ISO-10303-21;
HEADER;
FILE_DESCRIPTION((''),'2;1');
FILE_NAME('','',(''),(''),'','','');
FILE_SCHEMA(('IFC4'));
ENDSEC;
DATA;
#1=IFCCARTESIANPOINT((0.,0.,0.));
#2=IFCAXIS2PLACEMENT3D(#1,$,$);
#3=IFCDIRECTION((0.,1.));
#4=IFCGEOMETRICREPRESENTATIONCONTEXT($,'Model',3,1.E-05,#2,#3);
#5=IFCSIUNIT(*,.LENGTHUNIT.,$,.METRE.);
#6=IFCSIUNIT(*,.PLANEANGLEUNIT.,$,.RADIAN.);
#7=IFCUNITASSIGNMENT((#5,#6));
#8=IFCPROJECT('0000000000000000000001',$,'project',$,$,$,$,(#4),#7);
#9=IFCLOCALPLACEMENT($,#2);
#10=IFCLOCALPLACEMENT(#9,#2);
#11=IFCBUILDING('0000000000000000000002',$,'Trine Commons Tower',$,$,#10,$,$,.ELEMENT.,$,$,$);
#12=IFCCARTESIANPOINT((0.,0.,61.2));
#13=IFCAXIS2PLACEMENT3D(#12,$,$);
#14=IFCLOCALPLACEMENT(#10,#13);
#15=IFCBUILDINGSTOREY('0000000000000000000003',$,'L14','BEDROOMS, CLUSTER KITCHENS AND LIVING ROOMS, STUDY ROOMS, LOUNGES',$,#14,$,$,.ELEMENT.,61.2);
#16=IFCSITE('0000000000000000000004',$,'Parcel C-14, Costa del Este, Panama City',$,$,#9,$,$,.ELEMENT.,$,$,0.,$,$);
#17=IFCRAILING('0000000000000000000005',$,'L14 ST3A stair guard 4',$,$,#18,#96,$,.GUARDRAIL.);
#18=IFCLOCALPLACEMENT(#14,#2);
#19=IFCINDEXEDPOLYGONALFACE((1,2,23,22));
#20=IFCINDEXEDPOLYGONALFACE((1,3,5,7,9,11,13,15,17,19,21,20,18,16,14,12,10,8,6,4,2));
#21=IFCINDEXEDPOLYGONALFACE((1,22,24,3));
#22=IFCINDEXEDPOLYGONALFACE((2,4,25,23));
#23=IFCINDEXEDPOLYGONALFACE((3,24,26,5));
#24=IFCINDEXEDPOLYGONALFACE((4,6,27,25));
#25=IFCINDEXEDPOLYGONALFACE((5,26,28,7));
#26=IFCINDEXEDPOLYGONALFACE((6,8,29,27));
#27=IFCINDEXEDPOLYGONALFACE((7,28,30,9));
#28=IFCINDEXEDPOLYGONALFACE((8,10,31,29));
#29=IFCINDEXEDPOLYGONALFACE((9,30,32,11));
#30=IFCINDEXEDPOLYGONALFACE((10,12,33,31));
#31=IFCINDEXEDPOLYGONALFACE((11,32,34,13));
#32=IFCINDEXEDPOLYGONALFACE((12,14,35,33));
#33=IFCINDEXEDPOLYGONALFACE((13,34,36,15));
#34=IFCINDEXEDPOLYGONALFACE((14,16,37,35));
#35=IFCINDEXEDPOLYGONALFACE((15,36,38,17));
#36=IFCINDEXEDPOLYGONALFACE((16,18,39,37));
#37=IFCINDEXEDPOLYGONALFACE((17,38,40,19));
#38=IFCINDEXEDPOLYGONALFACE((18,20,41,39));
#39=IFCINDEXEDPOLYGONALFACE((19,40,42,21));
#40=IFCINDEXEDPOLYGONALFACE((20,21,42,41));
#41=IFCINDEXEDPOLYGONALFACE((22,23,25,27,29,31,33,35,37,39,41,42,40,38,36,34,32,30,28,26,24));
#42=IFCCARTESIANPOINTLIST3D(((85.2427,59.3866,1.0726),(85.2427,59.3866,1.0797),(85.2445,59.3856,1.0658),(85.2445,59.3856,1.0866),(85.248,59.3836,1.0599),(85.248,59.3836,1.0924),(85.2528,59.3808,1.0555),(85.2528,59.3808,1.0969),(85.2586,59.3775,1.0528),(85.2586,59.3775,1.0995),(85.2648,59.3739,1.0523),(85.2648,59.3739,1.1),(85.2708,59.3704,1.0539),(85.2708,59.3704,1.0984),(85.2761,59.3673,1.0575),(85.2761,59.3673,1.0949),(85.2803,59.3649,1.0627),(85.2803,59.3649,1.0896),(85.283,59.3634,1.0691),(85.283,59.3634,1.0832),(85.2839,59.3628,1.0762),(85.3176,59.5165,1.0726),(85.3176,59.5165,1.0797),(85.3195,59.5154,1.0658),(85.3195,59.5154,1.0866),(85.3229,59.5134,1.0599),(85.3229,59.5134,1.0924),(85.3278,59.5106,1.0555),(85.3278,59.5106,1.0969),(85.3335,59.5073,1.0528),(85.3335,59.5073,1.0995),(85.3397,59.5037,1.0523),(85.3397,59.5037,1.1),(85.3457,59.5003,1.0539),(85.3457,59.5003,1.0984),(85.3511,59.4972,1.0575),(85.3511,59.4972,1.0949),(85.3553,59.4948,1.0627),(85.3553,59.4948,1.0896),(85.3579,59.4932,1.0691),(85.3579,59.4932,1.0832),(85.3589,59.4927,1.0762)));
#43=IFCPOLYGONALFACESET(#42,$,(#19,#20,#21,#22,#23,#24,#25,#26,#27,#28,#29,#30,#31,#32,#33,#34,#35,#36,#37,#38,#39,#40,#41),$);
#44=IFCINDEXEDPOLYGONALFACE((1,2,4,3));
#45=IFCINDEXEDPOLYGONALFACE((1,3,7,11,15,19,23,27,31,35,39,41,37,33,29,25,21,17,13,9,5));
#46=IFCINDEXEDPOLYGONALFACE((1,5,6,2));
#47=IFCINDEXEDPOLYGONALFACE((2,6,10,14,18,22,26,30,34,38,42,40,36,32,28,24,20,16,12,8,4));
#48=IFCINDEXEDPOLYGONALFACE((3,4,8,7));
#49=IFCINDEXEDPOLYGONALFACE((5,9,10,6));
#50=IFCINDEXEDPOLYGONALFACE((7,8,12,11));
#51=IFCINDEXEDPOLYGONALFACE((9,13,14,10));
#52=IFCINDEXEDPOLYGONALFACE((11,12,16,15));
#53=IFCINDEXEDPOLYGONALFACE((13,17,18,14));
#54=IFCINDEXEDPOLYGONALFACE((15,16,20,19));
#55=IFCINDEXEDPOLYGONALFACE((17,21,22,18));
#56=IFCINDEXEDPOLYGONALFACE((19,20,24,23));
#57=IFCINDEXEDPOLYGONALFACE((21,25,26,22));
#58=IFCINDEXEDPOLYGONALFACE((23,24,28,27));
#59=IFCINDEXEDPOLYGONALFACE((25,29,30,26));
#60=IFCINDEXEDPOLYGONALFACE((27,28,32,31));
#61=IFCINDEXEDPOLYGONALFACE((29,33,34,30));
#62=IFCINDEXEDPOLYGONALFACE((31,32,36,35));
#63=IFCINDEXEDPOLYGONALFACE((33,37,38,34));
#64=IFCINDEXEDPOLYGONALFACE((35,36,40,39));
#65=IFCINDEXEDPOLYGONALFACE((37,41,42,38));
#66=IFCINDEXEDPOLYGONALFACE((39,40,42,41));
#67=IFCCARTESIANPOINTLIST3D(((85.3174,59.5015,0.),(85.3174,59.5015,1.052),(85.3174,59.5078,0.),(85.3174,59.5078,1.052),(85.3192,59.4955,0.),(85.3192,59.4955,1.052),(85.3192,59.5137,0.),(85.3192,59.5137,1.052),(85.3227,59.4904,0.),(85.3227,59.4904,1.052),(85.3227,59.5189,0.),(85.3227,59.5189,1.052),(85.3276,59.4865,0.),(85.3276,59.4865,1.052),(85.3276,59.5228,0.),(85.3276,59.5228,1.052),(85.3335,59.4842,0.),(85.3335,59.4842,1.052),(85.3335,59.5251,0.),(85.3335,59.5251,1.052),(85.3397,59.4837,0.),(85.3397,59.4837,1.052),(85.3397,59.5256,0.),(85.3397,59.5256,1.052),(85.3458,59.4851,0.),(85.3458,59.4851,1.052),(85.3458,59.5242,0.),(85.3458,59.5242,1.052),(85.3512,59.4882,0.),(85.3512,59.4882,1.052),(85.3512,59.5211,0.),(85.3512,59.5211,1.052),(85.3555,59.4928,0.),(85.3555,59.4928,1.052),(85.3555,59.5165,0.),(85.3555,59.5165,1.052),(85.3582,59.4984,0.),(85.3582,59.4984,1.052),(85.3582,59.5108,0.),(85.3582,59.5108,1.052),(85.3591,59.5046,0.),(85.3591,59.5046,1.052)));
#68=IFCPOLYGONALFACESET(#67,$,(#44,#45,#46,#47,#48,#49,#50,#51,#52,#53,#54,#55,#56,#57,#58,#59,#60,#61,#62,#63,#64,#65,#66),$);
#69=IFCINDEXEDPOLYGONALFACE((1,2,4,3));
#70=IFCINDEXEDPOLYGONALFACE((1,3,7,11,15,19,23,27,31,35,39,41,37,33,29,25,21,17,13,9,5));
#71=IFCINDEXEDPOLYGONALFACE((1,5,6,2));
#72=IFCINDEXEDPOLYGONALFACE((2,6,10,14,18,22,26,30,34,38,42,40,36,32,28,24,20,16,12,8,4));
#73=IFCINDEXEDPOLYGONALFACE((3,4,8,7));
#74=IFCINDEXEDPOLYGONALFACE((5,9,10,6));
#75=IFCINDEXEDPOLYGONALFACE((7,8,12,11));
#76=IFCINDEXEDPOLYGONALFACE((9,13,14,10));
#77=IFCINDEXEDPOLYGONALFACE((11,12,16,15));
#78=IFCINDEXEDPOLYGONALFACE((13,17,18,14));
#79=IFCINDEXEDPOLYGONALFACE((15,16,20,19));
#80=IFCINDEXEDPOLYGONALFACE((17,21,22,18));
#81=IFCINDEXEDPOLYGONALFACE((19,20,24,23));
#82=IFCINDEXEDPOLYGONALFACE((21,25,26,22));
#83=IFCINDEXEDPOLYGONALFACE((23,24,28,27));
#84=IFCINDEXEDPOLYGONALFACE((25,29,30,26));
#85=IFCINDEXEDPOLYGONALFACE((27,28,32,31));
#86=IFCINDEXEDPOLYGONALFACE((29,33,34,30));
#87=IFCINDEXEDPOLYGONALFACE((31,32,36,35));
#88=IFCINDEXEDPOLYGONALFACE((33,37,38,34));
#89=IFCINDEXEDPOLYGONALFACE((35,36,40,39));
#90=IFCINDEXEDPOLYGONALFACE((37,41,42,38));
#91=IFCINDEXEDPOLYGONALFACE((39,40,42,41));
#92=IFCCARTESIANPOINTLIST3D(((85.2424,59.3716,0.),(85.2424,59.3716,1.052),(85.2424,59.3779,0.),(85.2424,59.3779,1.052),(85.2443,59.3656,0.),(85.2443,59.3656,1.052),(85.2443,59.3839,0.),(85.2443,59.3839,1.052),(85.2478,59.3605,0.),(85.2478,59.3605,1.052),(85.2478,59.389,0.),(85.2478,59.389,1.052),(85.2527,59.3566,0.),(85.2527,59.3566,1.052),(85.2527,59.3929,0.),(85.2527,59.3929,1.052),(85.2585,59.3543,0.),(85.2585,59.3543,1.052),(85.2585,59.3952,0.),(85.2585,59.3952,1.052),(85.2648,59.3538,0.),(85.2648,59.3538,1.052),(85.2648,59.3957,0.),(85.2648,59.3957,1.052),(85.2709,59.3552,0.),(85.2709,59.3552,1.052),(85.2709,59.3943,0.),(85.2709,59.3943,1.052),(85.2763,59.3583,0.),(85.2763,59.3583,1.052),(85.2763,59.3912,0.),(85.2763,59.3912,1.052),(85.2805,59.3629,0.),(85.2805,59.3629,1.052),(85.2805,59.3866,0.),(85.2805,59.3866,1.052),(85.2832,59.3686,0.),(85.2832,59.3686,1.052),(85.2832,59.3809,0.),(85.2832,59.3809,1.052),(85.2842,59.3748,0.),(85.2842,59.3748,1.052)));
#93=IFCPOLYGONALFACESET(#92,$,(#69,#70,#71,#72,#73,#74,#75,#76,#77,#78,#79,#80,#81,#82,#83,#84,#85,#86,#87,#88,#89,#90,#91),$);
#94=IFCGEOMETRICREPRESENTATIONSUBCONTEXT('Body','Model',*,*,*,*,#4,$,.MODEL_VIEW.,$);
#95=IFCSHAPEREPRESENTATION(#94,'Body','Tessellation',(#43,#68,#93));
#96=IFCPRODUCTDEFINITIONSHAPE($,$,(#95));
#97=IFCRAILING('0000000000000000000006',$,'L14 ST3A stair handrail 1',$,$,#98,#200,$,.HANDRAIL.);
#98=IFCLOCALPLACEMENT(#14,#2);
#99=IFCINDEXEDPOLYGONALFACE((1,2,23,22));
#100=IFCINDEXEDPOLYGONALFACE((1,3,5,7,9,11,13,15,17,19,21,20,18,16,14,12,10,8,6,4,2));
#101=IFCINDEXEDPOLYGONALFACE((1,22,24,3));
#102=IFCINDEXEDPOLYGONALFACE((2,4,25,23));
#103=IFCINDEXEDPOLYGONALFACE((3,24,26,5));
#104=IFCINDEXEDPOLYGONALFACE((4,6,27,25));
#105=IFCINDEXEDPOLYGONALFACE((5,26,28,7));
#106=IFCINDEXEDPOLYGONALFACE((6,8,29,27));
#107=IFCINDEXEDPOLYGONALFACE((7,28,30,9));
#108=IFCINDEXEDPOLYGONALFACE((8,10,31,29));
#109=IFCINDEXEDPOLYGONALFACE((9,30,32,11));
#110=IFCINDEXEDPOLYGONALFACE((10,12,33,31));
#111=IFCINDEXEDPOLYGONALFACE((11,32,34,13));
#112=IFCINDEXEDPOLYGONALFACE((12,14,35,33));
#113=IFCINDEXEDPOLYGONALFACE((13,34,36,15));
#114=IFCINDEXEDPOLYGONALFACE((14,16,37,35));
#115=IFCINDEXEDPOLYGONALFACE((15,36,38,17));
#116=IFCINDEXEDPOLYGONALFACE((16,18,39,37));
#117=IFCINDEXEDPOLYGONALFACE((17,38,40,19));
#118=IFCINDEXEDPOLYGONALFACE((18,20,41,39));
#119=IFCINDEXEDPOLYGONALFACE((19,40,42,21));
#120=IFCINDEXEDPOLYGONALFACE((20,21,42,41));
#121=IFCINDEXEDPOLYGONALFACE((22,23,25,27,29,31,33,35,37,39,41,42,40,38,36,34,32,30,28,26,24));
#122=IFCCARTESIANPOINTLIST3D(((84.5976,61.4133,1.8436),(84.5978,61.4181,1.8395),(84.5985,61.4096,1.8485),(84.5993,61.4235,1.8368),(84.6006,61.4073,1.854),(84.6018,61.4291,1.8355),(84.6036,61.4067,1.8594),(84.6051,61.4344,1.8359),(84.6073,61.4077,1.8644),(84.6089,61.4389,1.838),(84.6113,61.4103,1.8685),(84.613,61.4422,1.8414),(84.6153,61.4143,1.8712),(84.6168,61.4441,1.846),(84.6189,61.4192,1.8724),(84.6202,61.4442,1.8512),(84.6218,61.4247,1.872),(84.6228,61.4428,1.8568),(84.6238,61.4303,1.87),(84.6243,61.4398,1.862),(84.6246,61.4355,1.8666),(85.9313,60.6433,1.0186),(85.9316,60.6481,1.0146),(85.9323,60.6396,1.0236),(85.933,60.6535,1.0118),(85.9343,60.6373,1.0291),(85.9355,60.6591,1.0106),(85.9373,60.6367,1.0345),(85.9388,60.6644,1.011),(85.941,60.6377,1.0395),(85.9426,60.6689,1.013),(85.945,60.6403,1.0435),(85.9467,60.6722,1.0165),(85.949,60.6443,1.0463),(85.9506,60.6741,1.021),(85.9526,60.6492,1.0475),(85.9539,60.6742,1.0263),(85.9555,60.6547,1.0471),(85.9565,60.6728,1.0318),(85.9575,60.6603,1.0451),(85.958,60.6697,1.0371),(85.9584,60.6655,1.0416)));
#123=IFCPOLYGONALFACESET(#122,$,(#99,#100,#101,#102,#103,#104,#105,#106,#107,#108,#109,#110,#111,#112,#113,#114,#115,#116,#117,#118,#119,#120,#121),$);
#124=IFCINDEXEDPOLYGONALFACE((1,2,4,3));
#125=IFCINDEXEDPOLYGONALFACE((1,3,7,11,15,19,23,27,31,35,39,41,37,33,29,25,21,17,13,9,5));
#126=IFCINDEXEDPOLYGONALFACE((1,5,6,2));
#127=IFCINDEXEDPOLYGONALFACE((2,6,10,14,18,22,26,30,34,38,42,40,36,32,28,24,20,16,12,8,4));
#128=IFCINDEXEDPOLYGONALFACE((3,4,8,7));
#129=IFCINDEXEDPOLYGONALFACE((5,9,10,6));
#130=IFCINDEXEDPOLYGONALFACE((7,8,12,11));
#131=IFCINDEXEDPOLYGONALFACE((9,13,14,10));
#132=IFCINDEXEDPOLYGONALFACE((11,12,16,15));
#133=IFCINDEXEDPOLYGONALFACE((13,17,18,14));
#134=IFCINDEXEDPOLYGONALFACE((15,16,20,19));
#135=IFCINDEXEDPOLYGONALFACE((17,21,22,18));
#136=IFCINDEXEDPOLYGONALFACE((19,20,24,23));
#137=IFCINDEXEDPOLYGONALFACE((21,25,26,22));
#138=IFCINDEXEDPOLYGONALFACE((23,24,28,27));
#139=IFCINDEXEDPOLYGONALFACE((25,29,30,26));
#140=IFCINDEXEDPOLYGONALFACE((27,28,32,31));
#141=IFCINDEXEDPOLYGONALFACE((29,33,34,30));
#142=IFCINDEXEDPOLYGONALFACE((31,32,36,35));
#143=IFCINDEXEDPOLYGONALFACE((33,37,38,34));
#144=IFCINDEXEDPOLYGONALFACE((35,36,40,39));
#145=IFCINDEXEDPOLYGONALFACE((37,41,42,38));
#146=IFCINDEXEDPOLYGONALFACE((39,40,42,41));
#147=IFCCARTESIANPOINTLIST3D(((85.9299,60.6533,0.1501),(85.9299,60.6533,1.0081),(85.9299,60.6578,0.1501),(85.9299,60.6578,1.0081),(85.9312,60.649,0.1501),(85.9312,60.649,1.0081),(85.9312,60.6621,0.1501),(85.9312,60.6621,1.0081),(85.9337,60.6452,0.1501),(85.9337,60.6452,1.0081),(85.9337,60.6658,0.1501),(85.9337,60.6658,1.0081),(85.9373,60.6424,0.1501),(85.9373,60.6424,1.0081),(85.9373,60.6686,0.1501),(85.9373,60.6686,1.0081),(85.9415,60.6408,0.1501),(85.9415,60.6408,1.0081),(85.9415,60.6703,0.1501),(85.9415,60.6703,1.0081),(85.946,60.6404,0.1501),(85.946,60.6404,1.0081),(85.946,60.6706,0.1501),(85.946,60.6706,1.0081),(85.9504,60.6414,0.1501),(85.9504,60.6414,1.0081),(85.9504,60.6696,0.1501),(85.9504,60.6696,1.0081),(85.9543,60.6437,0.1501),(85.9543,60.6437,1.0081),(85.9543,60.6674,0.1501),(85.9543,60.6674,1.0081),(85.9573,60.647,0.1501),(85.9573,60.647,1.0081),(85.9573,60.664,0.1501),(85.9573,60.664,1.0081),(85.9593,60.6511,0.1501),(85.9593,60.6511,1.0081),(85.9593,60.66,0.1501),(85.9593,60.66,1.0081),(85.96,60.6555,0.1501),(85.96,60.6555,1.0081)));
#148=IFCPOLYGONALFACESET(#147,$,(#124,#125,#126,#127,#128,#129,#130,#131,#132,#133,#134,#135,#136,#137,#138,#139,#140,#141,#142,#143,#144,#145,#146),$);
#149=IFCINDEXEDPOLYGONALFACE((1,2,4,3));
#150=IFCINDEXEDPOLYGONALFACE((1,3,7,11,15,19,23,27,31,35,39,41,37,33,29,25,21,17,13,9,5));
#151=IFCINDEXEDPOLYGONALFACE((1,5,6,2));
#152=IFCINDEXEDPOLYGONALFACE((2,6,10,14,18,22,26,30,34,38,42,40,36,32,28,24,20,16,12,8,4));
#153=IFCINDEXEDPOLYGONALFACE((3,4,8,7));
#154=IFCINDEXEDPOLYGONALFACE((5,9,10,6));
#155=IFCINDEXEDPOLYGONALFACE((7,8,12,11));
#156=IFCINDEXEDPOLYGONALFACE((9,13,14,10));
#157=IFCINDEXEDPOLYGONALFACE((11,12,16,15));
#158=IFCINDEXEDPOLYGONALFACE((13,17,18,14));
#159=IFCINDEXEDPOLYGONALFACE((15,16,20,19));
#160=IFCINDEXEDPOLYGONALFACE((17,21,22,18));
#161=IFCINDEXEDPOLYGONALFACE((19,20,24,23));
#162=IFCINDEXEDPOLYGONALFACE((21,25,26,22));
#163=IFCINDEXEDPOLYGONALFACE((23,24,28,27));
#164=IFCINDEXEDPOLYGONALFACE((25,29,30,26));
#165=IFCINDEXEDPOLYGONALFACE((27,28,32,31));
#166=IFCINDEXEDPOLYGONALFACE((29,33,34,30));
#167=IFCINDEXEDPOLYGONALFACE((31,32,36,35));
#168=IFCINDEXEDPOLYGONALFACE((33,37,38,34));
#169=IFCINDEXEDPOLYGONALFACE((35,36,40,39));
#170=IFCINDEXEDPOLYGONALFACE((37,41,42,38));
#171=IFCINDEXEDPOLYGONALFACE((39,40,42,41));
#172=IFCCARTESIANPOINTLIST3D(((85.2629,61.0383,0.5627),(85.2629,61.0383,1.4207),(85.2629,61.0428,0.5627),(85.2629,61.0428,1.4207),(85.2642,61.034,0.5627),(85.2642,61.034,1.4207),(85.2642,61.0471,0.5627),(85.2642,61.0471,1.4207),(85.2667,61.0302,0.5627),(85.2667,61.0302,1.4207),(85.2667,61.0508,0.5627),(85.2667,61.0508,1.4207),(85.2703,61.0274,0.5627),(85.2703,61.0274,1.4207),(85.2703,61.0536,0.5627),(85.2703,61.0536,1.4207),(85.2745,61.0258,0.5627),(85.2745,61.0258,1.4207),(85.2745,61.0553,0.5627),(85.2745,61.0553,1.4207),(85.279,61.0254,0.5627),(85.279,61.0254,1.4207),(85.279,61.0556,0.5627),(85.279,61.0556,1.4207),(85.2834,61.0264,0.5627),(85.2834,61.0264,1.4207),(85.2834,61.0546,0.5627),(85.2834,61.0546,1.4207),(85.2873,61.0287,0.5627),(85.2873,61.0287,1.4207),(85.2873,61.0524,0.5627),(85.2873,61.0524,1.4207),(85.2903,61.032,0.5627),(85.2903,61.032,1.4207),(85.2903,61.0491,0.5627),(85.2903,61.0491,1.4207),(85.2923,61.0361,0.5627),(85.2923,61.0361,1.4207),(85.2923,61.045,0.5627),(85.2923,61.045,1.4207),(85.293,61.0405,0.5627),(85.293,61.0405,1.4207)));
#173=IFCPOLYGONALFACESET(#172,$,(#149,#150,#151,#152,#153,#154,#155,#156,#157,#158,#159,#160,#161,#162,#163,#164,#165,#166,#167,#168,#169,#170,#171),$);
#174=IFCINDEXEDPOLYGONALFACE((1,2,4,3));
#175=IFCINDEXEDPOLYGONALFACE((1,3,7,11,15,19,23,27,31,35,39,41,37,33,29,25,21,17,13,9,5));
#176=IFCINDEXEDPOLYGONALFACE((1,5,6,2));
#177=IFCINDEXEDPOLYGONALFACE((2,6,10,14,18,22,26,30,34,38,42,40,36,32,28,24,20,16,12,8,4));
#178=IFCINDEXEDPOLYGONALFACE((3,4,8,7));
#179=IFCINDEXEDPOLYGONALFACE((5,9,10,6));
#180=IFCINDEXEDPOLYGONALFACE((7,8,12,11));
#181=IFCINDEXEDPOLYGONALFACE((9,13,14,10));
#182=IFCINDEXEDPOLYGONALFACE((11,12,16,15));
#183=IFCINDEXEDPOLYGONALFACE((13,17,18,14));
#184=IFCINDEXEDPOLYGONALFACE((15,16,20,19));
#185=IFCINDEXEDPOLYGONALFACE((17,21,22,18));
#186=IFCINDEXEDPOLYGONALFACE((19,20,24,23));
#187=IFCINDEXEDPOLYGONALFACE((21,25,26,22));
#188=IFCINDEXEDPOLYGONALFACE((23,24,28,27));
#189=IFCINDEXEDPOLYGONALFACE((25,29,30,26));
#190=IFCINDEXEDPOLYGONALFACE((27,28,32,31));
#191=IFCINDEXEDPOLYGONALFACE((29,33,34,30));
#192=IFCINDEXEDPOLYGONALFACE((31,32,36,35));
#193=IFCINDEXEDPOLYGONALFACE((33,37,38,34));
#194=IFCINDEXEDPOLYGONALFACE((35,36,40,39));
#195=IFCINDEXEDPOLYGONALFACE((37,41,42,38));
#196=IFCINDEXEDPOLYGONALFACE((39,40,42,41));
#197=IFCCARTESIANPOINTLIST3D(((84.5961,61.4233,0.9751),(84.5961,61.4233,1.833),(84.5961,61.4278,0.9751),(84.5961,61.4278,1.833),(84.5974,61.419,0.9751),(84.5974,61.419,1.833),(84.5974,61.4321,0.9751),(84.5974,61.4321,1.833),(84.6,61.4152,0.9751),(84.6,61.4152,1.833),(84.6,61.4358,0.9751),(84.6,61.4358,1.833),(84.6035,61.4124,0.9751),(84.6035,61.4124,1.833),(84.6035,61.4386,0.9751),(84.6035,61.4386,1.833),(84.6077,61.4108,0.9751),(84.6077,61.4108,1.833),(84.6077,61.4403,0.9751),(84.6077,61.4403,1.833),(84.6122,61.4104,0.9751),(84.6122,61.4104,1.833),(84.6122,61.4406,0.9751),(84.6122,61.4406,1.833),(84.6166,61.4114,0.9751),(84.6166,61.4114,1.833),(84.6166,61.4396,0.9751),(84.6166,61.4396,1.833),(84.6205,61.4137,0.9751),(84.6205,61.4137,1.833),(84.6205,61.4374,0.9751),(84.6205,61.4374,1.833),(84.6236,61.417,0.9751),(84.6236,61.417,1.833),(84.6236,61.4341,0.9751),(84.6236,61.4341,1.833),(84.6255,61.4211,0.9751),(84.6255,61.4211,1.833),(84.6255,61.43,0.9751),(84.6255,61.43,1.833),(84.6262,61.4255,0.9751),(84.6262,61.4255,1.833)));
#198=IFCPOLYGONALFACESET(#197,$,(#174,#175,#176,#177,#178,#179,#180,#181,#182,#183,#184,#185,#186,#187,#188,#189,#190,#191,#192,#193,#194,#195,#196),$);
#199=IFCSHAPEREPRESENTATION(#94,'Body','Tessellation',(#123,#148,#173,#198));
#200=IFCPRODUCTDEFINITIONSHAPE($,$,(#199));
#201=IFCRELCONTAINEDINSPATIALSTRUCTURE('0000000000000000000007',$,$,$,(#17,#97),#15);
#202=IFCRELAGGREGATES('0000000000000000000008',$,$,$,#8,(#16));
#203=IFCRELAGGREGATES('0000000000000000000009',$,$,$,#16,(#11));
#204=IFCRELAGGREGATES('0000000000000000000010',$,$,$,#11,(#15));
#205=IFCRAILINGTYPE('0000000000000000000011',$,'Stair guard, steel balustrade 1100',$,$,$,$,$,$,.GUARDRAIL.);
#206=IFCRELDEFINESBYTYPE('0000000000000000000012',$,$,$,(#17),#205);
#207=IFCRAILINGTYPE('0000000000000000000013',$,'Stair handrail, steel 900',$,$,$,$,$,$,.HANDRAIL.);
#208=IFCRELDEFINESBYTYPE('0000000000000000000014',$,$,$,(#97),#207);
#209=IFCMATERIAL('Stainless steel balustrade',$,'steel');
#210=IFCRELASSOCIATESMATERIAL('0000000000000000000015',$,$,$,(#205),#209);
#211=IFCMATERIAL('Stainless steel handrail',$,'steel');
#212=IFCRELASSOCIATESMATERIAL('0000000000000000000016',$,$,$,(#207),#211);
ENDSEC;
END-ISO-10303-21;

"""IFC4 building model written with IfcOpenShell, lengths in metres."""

from ifc_helpers import new_model, si_unit, direction, frame, origin, origin_2d, place, context, subcontext, project, spatial, circle, extrude, material, type_object, element, save


model = new_model("IFC4")

# Units and contexts
model_context = context("Model", 3, precision=1e-05, world=origin(), true_north=direction((0.0, 1.0)))
body_context = subcontext(model_context, "Body", "Model", "MODEL_VIEW")
ifc_project = project(units=[si_unit("LENGTHUNIT", "METRE"), si_unit("PLANEANGLEUNIT", "RADIAN")], contexts=[model_context])

# Site, building, storey
site_placement = place(None, origin())
site = spatial("IfcSite", under=ifc_project, at=site_placement, Name="Parcel C-14, Costa del Este, Panama City", CompositionType="ELEMENT", RefElevation=0.0)
building_placement = place(site_placement, origin())
building = spatial("IfcBuilding", under=site, at=building_placement, Name="Trine Commons Tower", CompositionType="ELEMENT")
storey_placement = place(building_placement, frame((0.0, 0.0, 61.2)))
storey = spatial("IfcBuildingStorey", under=building, at=storey_placement, Name="L14", Description="BEDROOMS, CLUSTER KITCHENS AND LIVING ROOMS, STUDY ROOMS, LOUNGES", CompositionType="ELEMENT", Elevation=61.2)

# Railings
ifc_material_1 = material(Name="Stainless steel balustrade", Category="steel")
railing_type_1 = type_object("IfcRailingType", Name="Stair guard, steel balustrade 1100", PredefinedType="GUARDRAIL", material=ifc_material_1)
railing_1_placement = place(storey_placement, frame((85.3381, 59.5046, 0.0)))
element("IfcRailing", 1, at=railing_1_placement, inside=storey, type_object=railing_type_1, Name="L14 ST3A stair guard 4", PredefinedType="GUARDRAIL", context=body_context, shape_type="SweptSolid", body=[
    extrude(circle(Radius=0.0239, at=origin_2d()), frame((0.0, 0.0, 1.0762), z_axis=(-0.499816, -0.866131, 0.0), x_axis=(0.866131, -0.499816, 0.0)), (0.0, 0.0, 1.0), 0.1499),
    extrude(circle(Radius=0.021, at=origin_2d()), origin(), (0.0, 0.0, 1.0), 1.052),
    extrude(circle(Radius=0.021, at=origin_2d()), frame((-0.075, -0.1299, 0.0)), (0.0, 0.0, 1.0), 1.052),
])
ifc_material_2 = material(Name="Stainless steel handrail", Category="steel")
railing_type_2 = type_object("IfcRailingType", Name="Stair handrail, steel 900", PredefinedType="HANDRAIL", material=ifc_material_2)
for number, where, name in (
    (2, (85.9448, 60.6555, 0.1501), "L14 ST3A stair handrail 1"),
):
    element("IfcRailing", number, at=place(storey_placement, frame(where)), inside=storey, type_object=railing_type_2, Name=name, PredefinedType="HANDRAIL", context=body_context, shape_type="SweptSolid", body=[
        extrude(circle(Radius=0.021, at=origin_2d()), frame((0.0, 0.0, 0.8789), z_axis=(-0.763405, 0.440743, 0.472185), x_axis=(-0.499992, -0.86603, 0.0)), (0.0, 0.0, 1.0), 1.7471),
        extrude(circle(Radius=0.0151, at=origin_2d()), origin(), (0.0, 0.0, 1.0), 0.8579),
        extrude(circle(Radius=0.0151, at=origin_2d()), frame((-0.667, 0.385, 0.4126)), (0.0, 0.0, 1.0), 0.8579),
        extrude(circle(Radius=0.0151, at=origin_2d()), frame((-1.3337, 0.77, 0.825)), (0.0, 0.0, 1.0), 0.8579),
    ])

save(model, "model.ifc")
